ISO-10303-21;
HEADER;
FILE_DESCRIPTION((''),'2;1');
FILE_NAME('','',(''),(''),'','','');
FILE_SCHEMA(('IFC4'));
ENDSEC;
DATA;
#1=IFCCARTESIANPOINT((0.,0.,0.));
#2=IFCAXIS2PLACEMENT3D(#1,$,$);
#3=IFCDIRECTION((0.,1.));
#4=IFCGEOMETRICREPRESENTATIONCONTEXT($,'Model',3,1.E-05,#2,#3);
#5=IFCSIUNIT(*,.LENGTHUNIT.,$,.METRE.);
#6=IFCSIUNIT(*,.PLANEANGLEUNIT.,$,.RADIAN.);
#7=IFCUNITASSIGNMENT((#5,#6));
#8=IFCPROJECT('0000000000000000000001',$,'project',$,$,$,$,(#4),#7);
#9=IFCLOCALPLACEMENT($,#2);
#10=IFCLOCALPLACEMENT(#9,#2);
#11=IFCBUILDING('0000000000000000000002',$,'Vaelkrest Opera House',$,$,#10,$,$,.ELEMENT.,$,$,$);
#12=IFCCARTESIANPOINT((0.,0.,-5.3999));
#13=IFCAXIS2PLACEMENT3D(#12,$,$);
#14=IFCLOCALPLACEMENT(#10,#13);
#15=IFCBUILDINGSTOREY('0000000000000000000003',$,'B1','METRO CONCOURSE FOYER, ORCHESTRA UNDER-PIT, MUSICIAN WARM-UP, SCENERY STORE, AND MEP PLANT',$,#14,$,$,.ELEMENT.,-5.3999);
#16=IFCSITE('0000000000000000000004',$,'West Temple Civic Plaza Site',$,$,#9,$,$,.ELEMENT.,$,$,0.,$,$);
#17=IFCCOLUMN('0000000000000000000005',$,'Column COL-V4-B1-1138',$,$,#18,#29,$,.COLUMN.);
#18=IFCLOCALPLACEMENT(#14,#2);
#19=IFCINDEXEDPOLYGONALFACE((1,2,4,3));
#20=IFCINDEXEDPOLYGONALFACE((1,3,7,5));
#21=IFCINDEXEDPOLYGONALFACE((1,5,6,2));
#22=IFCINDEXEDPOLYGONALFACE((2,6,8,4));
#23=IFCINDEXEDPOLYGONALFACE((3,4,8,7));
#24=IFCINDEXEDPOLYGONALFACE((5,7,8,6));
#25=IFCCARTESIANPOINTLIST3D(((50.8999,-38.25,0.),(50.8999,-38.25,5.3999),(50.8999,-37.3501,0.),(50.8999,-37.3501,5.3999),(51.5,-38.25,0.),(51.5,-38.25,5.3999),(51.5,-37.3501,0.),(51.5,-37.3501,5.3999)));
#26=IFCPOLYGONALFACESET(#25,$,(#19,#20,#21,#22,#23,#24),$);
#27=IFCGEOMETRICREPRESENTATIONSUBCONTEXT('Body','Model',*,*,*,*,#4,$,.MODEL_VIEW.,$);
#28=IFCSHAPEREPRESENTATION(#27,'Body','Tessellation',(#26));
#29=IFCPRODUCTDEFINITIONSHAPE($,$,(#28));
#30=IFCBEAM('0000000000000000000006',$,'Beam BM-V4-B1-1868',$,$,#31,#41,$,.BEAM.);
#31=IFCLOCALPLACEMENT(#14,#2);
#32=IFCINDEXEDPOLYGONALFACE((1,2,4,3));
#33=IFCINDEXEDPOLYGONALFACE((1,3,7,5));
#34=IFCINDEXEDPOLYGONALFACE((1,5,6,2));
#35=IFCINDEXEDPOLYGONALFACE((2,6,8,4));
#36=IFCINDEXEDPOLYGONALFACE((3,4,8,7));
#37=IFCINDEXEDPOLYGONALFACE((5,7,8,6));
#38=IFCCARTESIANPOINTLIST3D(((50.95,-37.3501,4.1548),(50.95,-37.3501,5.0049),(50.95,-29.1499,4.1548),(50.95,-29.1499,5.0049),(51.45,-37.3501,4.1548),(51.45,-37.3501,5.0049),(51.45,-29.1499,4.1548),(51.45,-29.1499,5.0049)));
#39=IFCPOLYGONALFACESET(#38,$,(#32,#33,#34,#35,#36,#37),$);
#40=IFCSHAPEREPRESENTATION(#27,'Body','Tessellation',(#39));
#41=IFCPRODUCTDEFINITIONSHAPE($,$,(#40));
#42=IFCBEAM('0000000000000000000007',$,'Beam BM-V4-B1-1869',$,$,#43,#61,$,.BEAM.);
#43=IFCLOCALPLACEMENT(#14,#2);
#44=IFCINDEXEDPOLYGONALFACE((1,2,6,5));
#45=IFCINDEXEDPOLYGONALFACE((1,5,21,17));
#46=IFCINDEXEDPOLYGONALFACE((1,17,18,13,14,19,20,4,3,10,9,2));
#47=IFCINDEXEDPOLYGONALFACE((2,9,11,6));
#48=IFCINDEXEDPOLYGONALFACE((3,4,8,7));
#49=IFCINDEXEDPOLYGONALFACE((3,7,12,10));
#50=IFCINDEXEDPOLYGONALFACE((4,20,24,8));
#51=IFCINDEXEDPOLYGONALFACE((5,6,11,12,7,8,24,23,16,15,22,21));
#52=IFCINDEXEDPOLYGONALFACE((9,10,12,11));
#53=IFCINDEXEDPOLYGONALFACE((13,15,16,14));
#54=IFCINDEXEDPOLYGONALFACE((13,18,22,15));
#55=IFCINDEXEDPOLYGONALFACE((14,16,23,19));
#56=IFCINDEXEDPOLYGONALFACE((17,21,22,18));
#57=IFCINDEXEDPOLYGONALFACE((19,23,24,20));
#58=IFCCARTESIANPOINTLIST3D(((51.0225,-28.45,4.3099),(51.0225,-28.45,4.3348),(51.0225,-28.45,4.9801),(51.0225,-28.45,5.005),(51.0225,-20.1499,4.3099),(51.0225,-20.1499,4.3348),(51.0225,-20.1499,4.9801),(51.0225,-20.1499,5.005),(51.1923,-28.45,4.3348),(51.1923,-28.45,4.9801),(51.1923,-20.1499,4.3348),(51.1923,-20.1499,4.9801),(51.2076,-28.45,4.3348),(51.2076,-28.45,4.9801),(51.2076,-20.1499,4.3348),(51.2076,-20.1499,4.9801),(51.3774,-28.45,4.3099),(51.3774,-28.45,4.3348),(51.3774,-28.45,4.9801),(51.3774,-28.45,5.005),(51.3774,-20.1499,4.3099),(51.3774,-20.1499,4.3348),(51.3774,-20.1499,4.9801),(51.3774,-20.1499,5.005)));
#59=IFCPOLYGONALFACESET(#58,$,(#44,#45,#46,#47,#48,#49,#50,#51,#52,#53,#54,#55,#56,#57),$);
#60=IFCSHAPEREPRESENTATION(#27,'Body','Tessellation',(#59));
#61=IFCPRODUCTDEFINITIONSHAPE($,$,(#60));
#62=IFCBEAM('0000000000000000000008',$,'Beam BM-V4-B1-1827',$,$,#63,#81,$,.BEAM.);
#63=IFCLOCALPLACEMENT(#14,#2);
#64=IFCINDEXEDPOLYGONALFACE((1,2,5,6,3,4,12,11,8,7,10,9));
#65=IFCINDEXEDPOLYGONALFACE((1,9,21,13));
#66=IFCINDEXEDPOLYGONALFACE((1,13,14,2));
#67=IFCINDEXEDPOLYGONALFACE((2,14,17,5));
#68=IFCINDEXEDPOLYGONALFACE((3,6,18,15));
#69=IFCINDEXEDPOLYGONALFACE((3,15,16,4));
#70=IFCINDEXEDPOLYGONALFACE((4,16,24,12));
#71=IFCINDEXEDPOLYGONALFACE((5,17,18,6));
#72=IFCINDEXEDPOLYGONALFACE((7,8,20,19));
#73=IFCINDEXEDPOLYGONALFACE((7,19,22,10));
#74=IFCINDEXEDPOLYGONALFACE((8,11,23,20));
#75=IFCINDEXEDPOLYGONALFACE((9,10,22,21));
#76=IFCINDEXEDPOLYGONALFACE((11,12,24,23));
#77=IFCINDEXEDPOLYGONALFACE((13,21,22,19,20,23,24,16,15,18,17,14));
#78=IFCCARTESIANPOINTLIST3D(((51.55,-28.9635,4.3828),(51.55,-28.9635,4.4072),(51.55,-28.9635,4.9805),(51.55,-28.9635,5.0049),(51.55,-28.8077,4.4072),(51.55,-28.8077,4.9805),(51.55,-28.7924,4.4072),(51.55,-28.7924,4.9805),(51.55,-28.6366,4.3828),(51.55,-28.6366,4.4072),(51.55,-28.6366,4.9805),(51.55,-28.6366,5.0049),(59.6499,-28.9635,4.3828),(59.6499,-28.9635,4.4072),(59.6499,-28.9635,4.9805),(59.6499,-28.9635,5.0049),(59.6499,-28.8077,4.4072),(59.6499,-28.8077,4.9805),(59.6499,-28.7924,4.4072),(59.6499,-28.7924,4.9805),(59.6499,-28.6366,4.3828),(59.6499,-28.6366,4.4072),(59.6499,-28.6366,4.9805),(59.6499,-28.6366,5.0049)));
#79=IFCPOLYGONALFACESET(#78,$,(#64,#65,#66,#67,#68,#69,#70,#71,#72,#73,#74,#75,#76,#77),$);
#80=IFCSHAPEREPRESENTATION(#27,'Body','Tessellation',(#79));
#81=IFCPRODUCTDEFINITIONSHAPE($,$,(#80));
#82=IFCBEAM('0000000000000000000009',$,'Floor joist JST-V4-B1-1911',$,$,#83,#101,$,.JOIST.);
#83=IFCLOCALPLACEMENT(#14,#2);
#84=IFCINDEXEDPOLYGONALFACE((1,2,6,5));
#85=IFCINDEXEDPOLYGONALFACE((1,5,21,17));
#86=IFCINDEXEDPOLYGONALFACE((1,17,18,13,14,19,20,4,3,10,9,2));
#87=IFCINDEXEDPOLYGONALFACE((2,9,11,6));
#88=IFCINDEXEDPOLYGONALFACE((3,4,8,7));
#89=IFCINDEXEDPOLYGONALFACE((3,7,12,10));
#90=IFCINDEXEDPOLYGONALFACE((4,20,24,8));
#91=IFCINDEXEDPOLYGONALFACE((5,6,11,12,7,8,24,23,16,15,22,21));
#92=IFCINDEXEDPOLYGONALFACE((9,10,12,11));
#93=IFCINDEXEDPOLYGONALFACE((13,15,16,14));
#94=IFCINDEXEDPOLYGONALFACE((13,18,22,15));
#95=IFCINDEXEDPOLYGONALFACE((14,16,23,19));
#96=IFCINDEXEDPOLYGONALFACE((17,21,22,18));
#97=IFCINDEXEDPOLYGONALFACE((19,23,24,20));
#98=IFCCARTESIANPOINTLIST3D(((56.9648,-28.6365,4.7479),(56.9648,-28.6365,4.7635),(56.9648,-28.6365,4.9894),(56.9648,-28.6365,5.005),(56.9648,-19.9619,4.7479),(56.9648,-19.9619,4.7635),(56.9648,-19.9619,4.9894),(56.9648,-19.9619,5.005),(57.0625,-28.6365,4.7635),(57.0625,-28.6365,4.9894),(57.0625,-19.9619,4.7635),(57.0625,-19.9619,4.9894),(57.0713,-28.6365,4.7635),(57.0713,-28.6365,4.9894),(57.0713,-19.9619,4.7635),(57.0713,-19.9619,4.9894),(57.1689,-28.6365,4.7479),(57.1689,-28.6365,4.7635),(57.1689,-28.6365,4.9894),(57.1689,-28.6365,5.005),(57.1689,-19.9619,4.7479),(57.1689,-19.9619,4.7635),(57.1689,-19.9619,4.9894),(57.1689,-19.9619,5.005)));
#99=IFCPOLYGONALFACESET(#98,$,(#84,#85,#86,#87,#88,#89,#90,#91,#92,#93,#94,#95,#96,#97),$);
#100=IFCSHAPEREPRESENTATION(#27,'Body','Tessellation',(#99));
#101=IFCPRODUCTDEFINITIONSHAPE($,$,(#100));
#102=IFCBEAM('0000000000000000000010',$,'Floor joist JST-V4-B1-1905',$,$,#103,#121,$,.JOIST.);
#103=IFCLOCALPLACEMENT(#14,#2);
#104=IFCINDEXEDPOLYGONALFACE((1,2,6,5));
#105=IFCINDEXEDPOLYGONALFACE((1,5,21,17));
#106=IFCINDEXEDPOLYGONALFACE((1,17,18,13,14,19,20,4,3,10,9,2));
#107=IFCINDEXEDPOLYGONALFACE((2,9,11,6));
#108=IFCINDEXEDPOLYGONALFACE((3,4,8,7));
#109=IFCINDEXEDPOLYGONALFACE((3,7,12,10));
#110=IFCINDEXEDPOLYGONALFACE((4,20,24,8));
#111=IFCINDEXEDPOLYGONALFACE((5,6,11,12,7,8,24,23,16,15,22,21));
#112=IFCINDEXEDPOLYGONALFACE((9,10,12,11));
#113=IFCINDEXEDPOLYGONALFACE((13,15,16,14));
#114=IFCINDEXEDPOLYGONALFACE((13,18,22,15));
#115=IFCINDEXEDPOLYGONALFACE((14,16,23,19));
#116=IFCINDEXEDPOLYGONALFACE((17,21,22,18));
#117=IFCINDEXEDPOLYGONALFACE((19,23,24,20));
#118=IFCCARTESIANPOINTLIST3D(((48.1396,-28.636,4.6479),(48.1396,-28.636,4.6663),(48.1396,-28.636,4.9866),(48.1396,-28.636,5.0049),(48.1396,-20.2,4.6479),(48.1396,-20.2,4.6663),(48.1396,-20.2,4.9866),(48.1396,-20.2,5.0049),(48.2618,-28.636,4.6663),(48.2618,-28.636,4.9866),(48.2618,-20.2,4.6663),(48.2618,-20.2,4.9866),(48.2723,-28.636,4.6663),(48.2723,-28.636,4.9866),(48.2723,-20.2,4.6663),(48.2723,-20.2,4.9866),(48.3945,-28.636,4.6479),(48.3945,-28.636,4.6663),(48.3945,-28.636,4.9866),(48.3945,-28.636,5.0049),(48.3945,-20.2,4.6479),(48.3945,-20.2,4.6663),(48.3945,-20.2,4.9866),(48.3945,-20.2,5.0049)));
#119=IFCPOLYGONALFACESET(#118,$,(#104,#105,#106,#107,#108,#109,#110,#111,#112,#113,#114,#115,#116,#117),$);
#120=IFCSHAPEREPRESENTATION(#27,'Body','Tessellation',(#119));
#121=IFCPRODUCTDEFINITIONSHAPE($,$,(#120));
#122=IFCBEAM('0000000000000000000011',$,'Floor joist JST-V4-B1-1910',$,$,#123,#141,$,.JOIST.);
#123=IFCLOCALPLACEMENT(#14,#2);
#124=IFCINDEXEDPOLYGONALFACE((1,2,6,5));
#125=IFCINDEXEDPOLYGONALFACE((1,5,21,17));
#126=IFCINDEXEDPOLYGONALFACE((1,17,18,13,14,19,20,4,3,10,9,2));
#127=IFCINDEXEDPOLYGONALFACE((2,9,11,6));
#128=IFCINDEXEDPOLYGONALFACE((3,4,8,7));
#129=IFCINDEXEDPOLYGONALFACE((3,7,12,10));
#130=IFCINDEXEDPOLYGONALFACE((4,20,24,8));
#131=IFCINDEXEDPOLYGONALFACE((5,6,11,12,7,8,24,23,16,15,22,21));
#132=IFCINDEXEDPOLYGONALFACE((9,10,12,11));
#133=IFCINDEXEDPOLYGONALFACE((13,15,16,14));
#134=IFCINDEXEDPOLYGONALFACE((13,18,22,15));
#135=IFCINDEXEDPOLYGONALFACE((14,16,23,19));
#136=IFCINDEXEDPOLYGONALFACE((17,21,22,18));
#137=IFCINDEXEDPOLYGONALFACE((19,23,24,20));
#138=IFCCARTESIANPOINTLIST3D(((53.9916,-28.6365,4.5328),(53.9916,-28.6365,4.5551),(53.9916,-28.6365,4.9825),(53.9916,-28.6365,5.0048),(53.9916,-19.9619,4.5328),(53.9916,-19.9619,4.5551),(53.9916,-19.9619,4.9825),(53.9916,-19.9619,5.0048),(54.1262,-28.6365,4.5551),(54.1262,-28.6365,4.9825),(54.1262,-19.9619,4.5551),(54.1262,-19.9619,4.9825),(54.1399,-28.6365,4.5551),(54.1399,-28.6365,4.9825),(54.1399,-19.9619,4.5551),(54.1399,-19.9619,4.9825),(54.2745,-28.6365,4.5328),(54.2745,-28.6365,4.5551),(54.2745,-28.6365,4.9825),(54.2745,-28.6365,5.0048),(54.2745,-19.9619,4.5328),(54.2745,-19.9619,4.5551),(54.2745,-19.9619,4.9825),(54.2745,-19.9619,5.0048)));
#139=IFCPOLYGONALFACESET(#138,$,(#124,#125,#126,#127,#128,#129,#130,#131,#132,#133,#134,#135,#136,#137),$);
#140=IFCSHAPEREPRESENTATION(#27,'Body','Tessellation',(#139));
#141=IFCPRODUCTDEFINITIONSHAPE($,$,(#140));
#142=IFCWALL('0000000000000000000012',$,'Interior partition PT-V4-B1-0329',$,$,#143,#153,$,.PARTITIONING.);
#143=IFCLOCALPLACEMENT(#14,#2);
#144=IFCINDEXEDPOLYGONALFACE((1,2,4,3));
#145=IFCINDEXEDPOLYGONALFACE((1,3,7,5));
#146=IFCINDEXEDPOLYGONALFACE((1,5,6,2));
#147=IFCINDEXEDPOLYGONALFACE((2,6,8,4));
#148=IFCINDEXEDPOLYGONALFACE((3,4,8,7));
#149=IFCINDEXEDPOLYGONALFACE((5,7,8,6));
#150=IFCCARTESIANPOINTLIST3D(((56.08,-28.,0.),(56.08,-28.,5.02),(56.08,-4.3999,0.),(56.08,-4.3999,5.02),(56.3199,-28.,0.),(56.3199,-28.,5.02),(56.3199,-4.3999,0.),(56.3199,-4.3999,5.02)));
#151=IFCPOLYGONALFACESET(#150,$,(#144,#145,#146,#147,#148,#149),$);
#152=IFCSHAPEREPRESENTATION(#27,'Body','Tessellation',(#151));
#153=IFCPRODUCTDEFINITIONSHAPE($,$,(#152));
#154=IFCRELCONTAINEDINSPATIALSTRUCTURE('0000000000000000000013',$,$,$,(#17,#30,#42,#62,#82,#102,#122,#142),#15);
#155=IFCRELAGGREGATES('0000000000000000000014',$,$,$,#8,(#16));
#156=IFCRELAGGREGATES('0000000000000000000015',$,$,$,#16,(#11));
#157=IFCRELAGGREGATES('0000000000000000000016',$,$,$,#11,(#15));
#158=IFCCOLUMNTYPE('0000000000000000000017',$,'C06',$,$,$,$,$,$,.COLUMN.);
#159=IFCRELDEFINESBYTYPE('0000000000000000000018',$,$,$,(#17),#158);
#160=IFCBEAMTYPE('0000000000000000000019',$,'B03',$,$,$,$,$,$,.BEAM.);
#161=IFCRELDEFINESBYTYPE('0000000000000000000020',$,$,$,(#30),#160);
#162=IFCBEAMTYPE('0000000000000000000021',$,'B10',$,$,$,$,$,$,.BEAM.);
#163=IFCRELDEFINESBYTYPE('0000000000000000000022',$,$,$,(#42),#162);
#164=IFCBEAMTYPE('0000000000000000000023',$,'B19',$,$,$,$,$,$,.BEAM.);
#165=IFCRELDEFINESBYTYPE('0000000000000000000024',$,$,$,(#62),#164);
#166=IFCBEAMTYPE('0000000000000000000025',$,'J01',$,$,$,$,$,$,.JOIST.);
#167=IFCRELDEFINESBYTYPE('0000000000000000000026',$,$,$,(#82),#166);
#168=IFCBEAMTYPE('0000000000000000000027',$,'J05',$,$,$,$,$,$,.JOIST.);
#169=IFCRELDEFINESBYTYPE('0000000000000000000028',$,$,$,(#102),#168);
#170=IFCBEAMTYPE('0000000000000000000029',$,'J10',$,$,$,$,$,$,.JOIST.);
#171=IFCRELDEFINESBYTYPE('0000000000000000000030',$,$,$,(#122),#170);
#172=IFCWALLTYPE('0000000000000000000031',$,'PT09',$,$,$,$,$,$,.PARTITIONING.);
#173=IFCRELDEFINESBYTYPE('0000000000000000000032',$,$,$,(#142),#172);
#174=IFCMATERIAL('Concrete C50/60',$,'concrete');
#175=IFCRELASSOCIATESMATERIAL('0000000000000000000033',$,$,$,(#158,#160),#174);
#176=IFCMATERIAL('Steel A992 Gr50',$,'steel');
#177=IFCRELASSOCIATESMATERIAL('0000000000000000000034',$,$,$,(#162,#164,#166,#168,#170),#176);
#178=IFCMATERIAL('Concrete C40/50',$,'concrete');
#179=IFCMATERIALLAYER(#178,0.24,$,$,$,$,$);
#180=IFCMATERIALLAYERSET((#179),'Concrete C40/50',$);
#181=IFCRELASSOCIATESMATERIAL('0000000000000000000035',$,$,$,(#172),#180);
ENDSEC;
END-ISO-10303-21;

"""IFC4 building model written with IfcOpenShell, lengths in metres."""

from ifc_helpers import new_model, si_unit, direction, frame, frame_2d, origin, origin_2d, place, context, subcontext, project, spatial, rectangle, i_section, extrude, material, layer, layer_set, material_profile, profile_set, type_object, element, save


model = new_model("IFC4")

# Units and contexts
model_context = context("Model", 3, precision=1e-05, world=origin(), true_north=direction((0.0, 1.0)))
body_context = subcontext(model_context, "Body", "Model", "MODEL_VIEW")
ifc_project = project(units=[si_unit("LENGTHUNIT", "METRE"), si_unit("PLANEANGLEUNIT", "RADIAN")], contexts=[model_context])

# Site, building, storey
site_placement = place(None, origin())
site = spatial("IfcSite", under=ifc_project, at=site_placement, Name="West Temple Civic Plaza Site", CompositionType="ELEMENT", RefElevation=0.0)
building_placement = place(site_placement, origin())
building = spatial("IfcBuilding", under=site, at=building_placement, Name="Vaelkrest Opera House", CompositionType="ELEMENT")
storey_placement = place(building_placement, frame((0.0, 0.0, -5.3999)))
storey = spatial("IfcBuildingStorey", under=building, at=storey_placement, Name="B1", Description="METRO CONCOURSE FOYER, ORCHESTRA UNDER-PIT, MUSICIAN WARM-UP, SCENERY STORE, AND MEP PLANT", CompositionType="ELEMENT", Elevation=-5.3999)

# Shared definitions
ifc_material_1 = material(Name="Concrete C40/50", Category="concrete")

# Column
ifc_material_2 = material(Name="Concrete C50/60", Category="concrete")
ifc_material_profile_1 = material_profile(ifc_material_2, rectangle(XDim=0.6001, YDim=0.8999, at=origin_2d()), Name="RC600X900")
ifc_profile_set_1 = profile_set([ifc_material_profile_1], Name="Concrete C50/60")
column_type_1 = type_object("IfcColumnType", Name="C06", PredefinedType="COLUMN", material=ifc_profile_set_1)
column_1_placement = place(storey_placement, frame((51.2, -37.8, 0.0), z_axis=(0.0, 0.0, 1.0), x_axis=(1.0, 0.0, 0.0)))
element("IfcColumn", 1, at=column_1_placement, inside=storey, type_object=column_type_1, Name="Column COL-V4-B1-1138", PredefinedType="COLUMN", context=body_context, shape_type="SweptSolid", body=[
    extrude(rectangle(XDim=0.6001, YDim=0.8999, at=origin_2d()), origin(), (0.0, 0.0, 1.0), 5.3999),
])

# Beams
ifc_material_profile_2 = material_profile(ifc_material_2, rectangle(XDim=0.5, YDim=0.8501, at=origin_2d()), Name="RCB500X850")
ifc_profile_set_2 = profile_set([ifc_material_profile_2], Name="Concrete C50/60")
beam_type_1 = type_object("IfcBeamType", Name="B03", PredefinedType="BEAM", material=ifc_profile_set_2)
beam_1_placement = place(storey_placement, frame((51.2, -37.3501, 4.5798), z_axis=(0.0, 1.0, 0.0), x_axis=(-1.0, 0.0, 0.0)))
element("IfcBeam", 2, at=beam_1_placement, inside=storey, type_object=beam_type_1, Name="Beam BM-V4-B1-1868", PredefinedType="BEAM", context=body_context, shape_type="SweptSolid", body=[
    extrude(rectangle(XDim=0.5, YDim=0.8501, at=origin_2d()), origin(), (0.0, 0.0, 1.0), 8.2002),
])
ifc_material_3 = material(Name="Steel A992 Gr50", Category="steel")
ifc_material_profile_3 = material_profile(ifc_material_3, i_section(OverallWidth=0.355, OverallDepth=0.6951, WebThickness=0.0154, FlangeThickness=0.0249, at=origin_2d()), Name="W27X146")
ifc_profile_set_3 = profile_set([ifc_material_profile_3], Name="Steel A992 Gr50")
beam_type_2 = type_object("IfcBeamType", Name="B10", PredefinedType="BEAM", material=ifc_profile_set_3)
beam_2_placement = place(storey_placement, frame((51.2, -28.45, 4.6575), z_axis=(0.0, 1.0, 0.0), x_axis=(-1.0, 0.0, 0.0)))
element("IfcBeam", 3, at=beam_2_placement, inside=storey, type_object=beam_type_2, Name="Beam BM-V4-B1-1869", PredefinedType="BEAM", context=body_context, shape_type="SweptSolid", body=[
    extrude(i_section(OverallWidth=0.355, OverallDepth=0.6951, WebThickness=0.0154, FlangeThickness=0.0249, at=origin_2d()), origin(), (0.0, 0.0, 1.0), 8.3),
])
ifc_material_profile_4 = material_profile(ifc_material_3, i_section(OverallWidth=0.3269, OverallDepth=0.6221, WebThickness=0.0154, FlangeThickness=0.0244, at=origin_2d()), Name="W24X131")
ifc_profile_set_4 = profile_set([ifc_material_profile_4], Name="Steel A992 Gr50")
beam_type_3 = type_object("IfcBeamType", Name="B19", PredefinedType="BEAM", material=ifc_profile_set_4)
beam_3_placement = place(storey_placement, frame((51.55, -28.8, 4.6938), z_axis=(1.0, 0.0, 0.0), x_axis=(0.0, 1.0, 0.0)))
element("IfcBeam", 4, at=beam_3_placement, inside=storey, type_object=beam_type_3, Name="Beam BM-V4-B1-1827", PredefinedType="BEAM", context=body_context, shape_type="SweptSolid", body=[
    extrude(i_section(OverallWidth=0.3269, OverallDepth=0.6221, WebThickness=0.0154, FlangeThickness=0.0244, at=origin_2d()), origin(), (0.0, 0.0, 1.0), 8.0999),
])
ifc_material_profile_5 = material_profile(ifc_material_3, i_section(OverallWidth=0.2041, OverallDepth=0.2571, WebThickness=0.0088, FlangeThickness=0.0156, at=origin_2d()), Name="W10X45")
ifc_profile_set_5 = profile_set([ifc_material_profile_5], Name="Steel A992 Gr50")
beam_type_4 = type_object("IfcBeamType", Name="J01", PredefinedType="JOIST", material=ifc_profile_set_5)
beam_4_placement = place(storey_placement, frame((57.0669, -28.6365, 4.8765), z_axis=(0.0, 1.0, 0.0), x_axis=(-1.0, 0.0, 0.0)))
element("IfcBeam", 5, at=beam_4_placement, inside=storey, type_object=beam_type_4, Name="Floor joist JST-V4-B1-1911", PredefinedType="JOIST", context=body_context, shape_type="SweptSolid", body=[
    extrude(i_section(OverallWidth=0.2041, OverallDepth=0.2571, WebThickness=0.0088, FlangeThickness=0.0156, at=origin_2d()), origin(), (0.0, 0.0, 1.0), 8.6746),
])
ifc_material_profile_6 = material_profile(ifc_material_3, i_section(OverallWidth=0.2549, OverallDepth=0.3569, WebThickness=0.0105, FlangeThickness=0.0183, at=origin_2d()), Name="W14X68")
ifc_profile_set_6 = profile_set([ifc_material_profile_6], Name="Steel A992 Gr50")
beam_type_5 = type_object("IfcBeamType", Name="J05", PredefinedType="JOIST", material=ifc_profile_set_6)
beam_5_placement = place(storey_placement, frame((48.2671, -28.636, 4.8264), z_axis=(0.0, 1.0, 0.0), x_axis=(-1.0, 0.0, 0.0)))
element("IfcBeam", 6, at=beam_5_placement, inside=storey, type_object=beam_type_5, Name="Floor joist JST-V4-B1-1905", PredefinedType="JOIST", context=body_context, shape_type="SweptSolid", body=[
    extrude(i_section(OverallWidth=0.2549, OverallDepth=0.3569, WebThickness=0.0105, FlangeThickness=0.0183, at=origin_2d()), origin(), (0.0, 0.0, 1.0), 8.436),
])
ifc_material_profile_7 = material_profile(ifc_material_3, i_section(OverallWidth=0.283, OverallDepth=0.4719, WebThickness=0.0137, FlangeThickness=0.0222, at=origin_2d()), Name="W18X97")
ifc_profile_set_7 = profile_set([ifc_material_profile_7], Name="Steel A992 Gr50")
beam_type_6 = type_object("IfcBeamType", Name="J10", PredefinedType="JOIST", material=ifc_profile_set_7)
beam_6_placement = place(storey_placement, frame((54.1331, -28.6365, 4.7688), z_axis=(0.0, 1.0, 0.0), x_axis=(-1.0, 0.0, 0.0)))
element("IfcBeam", 7, at=beam_6_placement, inside=storey, type_object=beam_type_6, Name="Floor joist JST-V4-B1-1910", PredefinedType="JOIST", context=body_context, shape_type="SweptSolid", body=[
    extrude(i_section(OverallWidth=0.283, OverallDepth=0.4719, WebThickness=0.0137, FlangeThickness=0.0222, at=origin_2d()), origin(), (0.0, 0.0, 1.0), 8.6746),
])

# Wall
ifc_layer_1 = layer(ifc_material_1, 0.24)
ifc_layer_set_1 = layer_set([ifc_layer_1], Name="Concrete C40/50")
wall_type_1 = type_object("IfcWallType", Name="PT09", PredefinedType="PARTITIONING", material=ifc_layer_set_1)
wall_1_placement = place(storey_placement, frame((56.2, -28.0, 0.0), z_axis=(0.0, 0.0, 1.0), x_axis=(0.0, 1.0, 0.0)))
element("IfcWall", 8, at=wall_1_placement, inside=storey, type_object=wall_type_1, Name="Interior partition PT-V4-B1-0329", PredefinedType="PARTITIONING", context=body_context, shape_type="SweptSolid", body=[
    extrude(rectangle(XDim=23.6001, YDim=0.24, at=frame_2d((11.8, 0.0))), origin(), (0.0, 0.0, 1.0), 5.02),
])

save(model, "model.ifc")
